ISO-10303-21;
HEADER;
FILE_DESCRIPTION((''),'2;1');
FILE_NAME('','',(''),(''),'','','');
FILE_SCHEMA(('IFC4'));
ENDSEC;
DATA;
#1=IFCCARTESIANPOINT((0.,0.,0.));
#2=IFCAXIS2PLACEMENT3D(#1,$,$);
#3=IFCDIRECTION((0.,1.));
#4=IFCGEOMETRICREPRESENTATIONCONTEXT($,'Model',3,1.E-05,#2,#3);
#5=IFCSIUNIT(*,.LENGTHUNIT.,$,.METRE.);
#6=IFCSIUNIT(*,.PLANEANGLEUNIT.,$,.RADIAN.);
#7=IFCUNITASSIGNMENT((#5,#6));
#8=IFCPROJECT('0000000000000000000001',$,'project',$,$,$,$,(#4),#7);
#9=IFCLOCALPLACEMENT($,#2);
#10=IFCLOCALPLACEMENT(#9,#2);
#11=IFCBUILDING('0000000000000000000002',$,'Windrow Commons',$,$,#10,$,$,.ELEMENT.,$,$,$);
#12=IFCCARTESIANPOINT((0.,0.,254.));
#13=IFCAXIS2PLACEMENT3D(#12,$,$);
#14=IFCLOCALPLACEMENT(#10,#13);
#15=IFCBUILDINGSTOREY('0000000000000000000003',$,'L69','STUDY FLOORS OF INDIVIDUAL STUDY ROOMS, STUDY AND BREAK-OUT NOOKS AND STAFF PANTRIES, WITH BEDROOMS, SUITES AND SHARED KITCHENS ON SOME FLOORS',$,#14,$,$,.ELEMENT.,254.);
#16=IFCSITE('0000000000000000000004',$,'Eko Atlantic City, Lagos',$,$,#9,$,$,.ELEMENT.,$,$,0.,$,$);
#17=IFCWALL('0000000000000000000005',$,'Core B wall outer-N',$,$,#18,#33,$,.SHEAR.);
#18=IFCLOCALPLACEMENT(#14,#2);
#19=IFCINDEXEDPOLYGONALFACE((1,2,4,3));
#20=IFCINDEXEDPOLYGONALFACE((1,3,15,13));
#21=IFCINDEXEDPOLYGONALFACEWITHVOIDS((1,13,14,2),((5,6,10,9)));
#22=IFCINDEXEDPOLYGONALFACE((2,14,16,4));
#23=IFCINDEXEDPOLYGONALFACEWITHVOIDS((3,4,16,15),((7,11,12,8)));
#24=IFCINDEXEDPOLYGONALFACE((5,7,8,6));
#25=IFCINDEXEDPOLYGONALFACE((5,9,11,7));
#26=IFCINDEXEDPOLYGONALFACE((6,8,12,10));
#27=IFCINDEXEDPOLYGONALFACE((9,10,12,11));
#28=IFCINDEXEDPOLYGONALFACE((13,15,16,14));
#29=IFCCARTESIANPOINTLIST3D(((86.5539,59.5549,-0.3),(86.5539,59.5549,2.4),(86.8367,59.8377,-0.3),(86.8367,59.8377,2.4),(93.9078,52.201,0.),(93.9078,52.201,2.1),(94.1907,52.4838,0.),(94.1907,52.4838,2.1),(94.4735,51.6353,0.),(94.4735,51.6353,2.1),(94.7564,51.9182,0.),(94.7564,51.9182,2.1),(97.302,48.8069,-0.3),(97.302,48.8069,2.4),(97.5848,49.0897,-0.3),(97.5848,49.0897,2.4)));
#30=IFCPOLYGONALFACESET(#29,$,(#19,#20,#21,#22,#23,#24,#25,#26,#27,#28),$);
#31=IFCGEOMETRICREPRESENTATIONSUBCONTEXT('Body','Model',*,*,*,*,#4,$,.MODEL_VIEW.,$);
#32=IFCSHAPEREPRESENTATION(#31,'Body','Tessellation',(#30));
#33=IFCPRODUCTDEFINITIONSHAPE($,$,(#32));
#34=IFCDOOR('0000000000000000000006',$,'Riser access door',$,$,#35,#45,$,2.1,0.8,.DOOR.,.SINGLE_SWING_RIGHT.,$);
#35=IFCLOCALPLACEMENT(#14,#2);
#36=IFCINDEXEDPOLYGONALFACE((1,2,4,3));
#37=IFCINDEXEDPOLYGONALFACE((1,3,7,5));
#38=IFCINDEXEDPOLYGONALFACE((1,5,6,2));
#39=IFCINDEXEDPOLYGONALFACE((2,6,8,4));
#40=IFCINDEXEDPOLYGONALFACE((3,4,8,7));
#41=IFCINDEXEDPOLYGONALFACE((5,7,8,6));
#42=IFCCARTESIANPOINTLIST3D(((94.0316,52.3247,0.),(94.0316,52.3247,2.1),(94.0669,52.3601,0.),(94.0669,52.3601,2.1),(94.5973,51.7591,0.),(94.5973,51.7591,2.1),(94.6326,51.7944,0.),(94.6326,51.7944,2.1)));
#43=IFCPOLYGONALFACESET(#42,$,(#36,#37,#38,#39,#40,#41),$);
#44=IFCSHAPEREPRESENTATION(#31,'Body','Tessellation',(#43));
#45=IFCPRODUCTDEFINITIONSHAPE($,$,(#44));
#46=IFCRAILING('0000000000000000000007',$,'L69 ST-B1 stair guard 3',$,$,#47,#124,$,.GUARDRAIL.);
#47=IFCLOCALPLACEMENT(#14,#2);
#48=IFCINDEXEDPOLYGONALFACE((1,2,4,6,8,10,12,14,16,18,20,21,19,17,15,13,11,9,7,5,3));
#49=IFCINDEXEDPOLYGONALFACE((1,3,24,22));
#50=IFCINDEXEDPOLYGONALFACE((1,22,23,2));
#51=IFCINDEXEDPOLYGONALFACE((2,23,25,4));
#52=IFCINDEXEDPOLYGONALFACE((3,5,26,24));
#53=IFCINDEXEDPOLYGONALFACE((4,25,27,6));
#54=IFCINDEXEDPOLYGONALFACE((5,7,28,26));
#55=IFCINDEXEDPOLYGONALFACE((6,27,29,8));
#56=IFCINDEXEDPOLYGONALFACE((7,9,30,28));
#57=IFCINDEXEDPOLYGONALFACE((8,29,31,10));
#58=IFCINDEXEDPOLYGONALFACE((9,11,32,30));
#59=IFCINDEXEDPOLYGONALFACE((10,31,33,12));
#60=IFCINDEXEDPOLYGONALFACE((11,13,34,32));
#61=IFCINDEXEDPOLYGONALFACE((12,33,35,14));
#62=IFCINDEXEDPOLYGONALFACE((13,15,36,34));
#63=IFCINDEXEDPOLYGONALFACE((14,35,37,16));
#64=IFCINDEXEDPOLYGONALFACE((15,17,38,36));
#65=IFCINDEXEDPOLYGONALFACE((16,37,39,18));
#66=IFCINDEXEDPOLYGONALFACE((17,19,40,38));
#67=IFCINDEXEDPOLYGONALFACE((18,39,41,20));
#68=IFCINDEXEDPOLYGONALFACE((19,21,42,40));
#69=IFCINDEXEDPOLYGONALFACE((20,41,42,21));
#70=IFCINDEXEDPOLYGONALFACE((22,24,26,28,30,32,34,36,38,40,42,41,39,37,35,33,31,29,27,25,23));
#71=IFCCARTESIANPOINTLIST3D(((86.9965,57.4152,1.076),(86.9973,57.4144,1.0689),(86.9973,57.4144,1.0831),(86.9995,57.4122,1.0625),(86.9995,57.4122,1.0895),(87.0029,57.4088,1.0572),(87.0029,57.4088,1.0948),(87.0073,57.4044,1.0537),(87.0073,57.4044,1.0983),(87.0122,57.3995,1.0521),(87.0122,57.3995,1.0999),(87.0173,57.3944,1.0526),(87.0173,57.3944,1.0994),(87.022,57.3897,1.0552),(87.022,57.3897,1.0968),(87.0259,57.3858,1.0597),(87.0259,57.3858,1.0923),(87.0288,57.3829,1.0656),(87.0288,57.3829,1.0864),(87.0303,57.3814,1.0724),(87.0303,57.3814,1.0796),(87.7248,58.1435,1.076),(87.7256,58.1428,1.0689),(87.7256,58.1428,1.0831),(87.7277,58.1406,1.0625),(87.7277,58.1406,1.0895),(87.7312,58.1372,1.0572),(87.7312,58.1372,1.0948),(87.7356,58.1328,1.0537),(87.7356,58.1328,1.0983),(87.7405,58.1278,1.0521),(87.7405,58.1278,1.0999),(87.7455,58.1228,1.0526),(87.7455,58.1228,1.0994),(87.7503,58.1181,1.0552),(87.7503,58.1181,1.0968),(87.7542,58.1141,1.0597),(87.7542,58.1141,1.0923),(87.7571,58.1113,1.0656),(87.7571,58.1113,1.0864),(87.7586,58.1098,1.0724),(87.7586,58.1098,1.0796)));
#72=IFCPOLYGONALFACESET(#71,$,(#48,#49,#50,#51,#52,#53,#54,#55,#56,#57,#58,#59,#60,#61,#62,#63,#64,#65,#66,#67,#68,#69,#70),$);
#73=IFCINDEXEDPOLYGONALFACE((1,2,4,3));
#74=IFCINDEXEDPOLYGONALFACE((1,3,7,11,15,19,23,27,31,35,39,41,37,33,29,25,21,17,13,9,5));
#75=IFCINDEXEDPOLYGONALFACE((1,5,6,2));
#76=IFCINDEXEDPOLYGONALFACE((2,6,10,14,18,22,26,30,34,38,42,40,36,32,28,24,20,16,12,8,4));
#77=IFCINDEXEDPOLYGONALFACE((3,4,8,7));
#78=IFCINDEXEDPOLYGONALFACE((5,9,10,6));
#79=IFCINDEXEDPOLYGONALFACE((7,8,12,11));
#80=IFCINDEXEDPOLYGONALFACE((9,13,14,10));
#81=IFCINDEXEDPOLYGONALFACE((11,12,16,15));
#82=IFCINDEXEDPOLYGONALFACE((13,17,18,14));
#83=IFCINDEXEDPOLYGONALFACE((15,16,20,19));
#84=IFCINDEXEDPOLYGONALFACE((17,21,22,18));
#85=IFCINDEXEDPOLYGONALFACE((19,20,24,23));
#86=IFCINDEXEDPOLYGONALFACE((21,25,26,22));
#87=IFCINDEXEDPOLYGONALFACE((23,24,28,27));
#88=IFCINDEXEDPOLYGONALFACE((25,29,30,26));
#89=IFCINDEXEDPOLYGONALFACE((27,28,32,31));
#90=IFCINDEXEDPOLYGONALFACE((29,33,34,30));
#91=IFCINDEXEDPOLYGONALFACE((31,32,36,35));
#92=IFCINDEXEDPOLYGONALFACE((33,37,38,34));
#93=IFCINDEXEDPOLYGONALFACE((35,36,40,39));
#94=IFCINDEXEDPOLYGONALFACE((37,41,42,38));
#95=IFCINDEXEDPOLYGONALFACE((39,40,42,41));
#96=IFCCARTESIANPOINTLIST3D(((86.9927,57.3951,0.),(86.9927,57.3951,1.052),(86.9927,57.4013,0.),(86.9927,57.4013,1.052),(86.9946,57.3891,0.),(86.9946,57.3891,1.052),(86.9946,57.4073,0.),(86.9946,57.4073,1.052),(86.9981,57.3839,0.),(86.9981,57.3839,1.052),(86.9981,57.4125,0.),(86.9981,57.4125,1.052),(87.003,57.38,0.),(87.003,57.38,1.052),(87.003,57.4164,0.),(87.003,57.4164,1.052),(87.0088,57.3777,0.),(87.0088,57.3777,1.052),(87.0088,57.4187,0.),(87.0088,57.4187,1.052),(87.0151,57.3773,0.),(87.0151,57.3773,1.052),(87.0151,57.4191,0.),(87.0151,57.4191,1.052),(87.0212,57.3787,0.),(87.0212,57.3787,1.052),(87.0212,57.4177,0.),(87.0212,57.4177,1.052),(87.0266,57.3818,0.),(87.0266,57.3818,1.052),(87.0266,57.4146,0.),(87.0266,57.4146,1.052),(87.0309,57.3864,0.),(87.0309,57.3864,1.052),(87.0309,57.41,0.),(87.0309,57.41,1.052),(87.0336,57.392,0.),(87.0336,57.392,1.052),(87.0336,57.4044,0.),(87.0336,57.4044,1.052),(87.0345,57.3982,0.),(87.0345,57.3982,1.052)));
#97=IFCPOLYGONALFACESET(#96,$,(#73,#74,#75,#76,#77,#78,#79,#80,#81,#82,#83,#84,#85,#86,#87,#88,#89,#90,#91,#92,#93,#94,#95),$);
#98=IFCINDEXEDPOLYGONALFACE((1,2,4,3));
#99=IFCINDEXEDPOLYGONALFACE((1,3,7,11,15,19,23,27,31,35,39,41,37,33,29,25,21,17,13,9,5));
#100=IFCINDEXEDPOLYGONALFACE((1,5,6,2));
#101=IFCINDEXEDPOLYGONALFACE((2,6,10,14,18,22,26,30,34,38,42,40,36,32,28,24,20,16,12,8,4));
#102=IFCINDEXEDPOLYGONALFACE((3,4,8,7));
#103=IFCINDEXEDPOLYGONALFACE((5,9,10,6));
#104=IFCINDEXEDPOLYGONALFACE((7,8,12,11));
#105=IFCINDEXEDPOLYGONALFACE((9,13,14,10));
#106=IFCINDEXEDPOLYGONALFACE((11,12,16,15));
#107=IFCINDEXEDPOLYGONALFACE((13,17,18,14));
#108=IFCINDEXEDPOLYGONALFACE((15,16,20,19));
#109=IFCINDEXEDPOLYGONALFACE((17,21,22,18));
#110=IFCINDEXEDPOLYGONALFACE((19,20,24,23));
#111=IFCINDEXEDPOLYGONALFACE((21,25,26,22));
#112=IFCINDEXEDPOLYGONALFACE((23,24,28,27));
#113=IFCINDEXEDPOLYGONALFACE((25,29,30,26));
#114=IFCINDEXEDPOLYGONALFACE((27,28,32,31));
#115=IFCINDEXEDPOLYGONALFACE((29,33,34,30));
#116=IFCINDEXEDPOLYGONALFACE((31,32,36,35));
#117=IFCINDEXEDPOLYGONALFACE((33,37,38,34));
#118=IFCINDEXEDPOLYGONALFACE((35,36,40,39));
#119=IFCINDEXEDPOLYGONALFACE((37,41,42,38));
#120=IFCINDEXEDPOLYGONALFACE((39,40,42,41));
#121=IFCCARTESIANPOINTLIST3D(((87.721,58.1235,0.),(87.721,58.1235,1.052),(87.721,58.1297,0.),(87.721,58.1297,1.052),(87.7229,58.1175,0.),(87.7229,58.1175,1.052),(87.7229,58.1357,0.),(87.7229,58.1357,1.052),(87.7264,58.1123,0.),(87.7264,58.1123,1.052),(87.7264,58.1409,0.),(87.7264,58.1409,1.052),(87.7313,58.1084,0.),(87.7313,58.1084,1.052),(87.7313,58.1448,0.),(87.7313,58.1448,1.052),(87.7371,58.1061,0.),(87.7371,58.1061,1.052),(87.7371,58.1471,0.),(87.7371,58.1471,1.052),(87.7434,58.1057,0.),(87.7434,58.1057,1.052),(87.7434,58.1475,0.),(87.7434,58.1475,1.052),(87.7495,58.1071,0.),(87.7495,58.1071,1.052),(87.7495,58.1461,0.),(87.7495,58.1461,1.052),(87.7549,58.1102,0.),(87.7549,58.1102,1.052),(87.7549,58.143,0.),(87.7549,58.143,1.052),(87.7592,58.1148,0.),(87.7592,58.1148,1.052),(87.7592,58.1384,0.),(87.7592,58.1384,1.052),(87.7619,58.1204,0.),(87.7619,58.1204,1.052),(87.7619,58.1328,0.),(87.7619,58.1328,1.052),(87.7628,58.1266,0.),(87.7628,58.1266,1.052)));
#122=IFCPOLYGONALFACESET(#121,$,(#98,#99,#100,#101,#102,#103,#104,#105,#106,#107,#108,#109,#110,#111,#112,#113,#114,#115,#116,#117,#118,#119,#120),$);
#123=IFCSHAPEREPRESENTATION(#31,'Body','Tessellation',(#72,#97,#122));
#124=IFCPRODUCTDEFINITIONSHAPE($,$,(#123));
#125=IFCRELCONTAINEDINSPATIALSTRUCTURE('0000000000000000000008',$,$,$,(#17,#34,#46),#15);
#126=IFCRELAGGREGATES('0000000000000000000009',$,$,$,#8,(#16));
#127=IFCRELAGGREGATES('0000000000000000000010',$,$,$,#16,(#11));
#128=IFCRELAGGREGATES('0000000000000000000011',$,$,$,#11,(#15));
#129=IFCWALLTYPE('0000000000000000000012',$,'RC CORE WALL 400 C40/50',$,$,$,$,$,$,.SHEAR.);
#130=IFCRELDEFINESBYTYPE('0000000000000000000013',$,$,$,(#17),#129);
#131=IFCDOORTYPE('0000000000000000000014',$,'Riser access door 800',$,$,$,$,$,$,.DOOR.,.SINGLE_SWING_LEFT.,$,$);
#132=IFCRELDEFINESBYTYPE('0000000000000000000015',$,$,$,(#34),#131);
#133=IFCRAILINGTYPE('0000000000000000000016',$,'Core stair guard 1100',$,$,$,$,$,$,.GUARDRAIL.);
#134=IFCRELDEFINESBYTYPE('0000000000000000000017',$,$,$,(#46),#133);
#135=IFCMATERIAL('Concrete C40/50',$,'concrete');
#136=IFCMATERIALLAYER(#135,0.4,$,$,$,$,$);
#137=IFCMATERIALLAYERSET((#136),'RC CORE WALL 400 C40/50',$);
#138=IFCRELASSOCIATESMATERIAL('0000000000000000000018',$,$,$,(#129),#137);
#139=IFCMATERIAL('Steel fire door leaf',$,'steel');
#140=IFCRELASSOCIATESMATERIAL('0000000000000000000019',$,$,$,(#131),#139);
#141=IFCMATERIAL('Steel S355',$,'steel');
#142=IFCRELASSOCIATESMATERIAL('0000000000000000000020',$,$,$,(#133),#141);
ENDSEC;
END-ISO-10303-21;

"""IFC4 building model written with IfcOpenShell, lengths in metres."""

from ifc_helpers import new_model, si_unit, direction, frame, frame_2d, origin, origin_2d, place, context, subcontext, project, spatial, rectangle, circle, extrude, material, layer, layer_set, type_object, element, fill, save


model = new_model("IFC4")

# Units and contexts
model_context = context("Model", 3, precision=1e-05, world=origin(), true_north=direction((0.0, 1.0)))
body_context = subcontext(model_context, "Body", "Model", "MODEL_VIEW")
ifc_project = project(units=[si_unit("LENGTHUNIT", "METRE"), si_unit("PLANEANGLEUNIT", "RADIAN")], contexts=[model_context])

# Site, building, storey
site_placement = place(None, origin())
site = spatial("IfcSite", under=ifc_project, at=site_placement, Name="Eko Atlantic City, Lagos", CompositionType="ELEMENT", RefElevation=0.0)
building_placement = place(site_placement, origin())
building = spatial("IfcBuilding", under=site, at=building_placement, Name="Windrow Commons", CompositionType="ELEMENT")
storey_placement = place(building_placement, frame((0.0, 0.0, 254.0)))
storey = spatial("IfcBuildingStorey", under=building, at=storey_placement, Name="L69", Description="STUDY FLOORS OF INDIVIDUAL STUDY ROOMS, STUDY AND BREAK-OUT NOOKS AND STAFF PANTRIES, WITH BEDROOMS, SUITES AND SHARED KITCHENS ON SOME FLOORS", CompositionType="ELEMENT", Elevation=254.0)

# Wall, opening, door
ifc_material_1 = material(Name="Concrete C40/50", Category="concrete")
ifc_layer_1 = layer(ifc_material_1, 0.4)
ifc_layer_set_1 = layer_set([ifc_layer_1], Name="RC CORE WALL 400 C40/50")
wall_type_1 = type_object("IfcWallType", Name="RC CORE WALL 400 C40/50", PredefinedType="SHEAR", material=ifc_layer_set_1)
wall_1_placement = place(storey_placement, frame((86.6953, 59.6963, -0.3), z_axis=(0.0, 0.0, 1.0), x_axis=(0.70711, -0.707103, 0.0)))
wall_1 = element("IfcWall", 1, at=wall_1_placement, inside=storey, type_object=wall_type_1, Name="Core B wall outer-N", PredefinedType="SHEAR", context=body_context, shape_type="SweptSolid", body=[
    extrude(rectangle(XDim=15.2, YDim=0.4, at=frame_2d((7.6, 0.0))), origin(), (0.0, 0.0, 1.0), 2.7),
])
opening_1_placement = place(wall_1_placement, frame((10.4, 0.0, 0.3)))
opening_1 = element("IfcOpeningElement", 2, at=opening_1_placement, cuts=wall_1, PredefinedType="OPENING", context=body_context, shape_type="SweptSolid", body=[
    extrude(rectangle(XDim=0.8, YDim=2.1, at=frame_2d((0.4, 1.05))), frame((0.0, 0.21, 0.0), z_axis=(0.0, -1.0, 0.0), x_axis=(1.0, 0.0, 0.0)), (0.0, 0.0, 1.0), 0.42),
])
ifc_material_2 = material(Name="Steel fire door leaf", Category="steel")
door_type_1 = type_object("IfcDoorType", Name="Riser access door 800", OperationType="SINGLE_SWING_LEFT", PredefinedType="DOOR", material=ifc_material_2)
door_1_placement = place(opening_1_placement, origin())
door_1 = element("IfcDoor", 3, at=door_1_placement, inside=storey, type_object=door_type_1, Name="Riser access door", OperationType="SINGLE_SWING_RIGHT", OverallHeight=2.1, OverallWidth=0.8, PredefinedType="DOOR", context=body_context, shape_type="SweptSolid", body=[
    extrude(rectangle(XDim=0.8, YDim=2.1, at=frame_2d((0.4, 1.05))), frame((0.0, 0.025, 0.0), z_axis=(0.0, -1.0, 0.0), x_axis=(1.0, 0.0, 0.0)), (0.0, 0.0, 1.0), 0.05),
])
fill(opening_1, door_1)

# Railing
ifc_material_3 = material(Name="Steel S355", Category="steel")
railing_type = type_object("IfcRailingType", Name="Core stair guard 1100", PredefinedType="GUARDRAIL", material=ifc_material_3)
railing_placement = place(storey_placement, frame((87.0135, 57.3982, 0.0)))
element("IfcRailing", 4, at=railing_placement, inside=storey, type_object=railing_type, Name="L69 ST-B1 stair guard 3", PredefinedType="GUARDRAIL", context=body_context, shape_type="SweptSolid", body=[
    extrude(circle(Radius=0.024, at=origin_2d()), frame((0.0, 0.0, 1.076), z_axis=(0.707058, 0.707155, 0.0), x_axis=(-0.707155, 0.707058, 0.0)), (0.0, 0.0, 1.0), 1.03),
    extrude(circle(Radius=0.021, at=origin_2d()), origin(), (0.0, 0.0, 1.0), 1.052),
    extrude(circle(Radius=0.021, at=origin_2d()), frame((0.7283, 0.7284, 0.0)), (0.0, 0.0, 1.0), 1.052),
])

save(model, "model.ifc")
